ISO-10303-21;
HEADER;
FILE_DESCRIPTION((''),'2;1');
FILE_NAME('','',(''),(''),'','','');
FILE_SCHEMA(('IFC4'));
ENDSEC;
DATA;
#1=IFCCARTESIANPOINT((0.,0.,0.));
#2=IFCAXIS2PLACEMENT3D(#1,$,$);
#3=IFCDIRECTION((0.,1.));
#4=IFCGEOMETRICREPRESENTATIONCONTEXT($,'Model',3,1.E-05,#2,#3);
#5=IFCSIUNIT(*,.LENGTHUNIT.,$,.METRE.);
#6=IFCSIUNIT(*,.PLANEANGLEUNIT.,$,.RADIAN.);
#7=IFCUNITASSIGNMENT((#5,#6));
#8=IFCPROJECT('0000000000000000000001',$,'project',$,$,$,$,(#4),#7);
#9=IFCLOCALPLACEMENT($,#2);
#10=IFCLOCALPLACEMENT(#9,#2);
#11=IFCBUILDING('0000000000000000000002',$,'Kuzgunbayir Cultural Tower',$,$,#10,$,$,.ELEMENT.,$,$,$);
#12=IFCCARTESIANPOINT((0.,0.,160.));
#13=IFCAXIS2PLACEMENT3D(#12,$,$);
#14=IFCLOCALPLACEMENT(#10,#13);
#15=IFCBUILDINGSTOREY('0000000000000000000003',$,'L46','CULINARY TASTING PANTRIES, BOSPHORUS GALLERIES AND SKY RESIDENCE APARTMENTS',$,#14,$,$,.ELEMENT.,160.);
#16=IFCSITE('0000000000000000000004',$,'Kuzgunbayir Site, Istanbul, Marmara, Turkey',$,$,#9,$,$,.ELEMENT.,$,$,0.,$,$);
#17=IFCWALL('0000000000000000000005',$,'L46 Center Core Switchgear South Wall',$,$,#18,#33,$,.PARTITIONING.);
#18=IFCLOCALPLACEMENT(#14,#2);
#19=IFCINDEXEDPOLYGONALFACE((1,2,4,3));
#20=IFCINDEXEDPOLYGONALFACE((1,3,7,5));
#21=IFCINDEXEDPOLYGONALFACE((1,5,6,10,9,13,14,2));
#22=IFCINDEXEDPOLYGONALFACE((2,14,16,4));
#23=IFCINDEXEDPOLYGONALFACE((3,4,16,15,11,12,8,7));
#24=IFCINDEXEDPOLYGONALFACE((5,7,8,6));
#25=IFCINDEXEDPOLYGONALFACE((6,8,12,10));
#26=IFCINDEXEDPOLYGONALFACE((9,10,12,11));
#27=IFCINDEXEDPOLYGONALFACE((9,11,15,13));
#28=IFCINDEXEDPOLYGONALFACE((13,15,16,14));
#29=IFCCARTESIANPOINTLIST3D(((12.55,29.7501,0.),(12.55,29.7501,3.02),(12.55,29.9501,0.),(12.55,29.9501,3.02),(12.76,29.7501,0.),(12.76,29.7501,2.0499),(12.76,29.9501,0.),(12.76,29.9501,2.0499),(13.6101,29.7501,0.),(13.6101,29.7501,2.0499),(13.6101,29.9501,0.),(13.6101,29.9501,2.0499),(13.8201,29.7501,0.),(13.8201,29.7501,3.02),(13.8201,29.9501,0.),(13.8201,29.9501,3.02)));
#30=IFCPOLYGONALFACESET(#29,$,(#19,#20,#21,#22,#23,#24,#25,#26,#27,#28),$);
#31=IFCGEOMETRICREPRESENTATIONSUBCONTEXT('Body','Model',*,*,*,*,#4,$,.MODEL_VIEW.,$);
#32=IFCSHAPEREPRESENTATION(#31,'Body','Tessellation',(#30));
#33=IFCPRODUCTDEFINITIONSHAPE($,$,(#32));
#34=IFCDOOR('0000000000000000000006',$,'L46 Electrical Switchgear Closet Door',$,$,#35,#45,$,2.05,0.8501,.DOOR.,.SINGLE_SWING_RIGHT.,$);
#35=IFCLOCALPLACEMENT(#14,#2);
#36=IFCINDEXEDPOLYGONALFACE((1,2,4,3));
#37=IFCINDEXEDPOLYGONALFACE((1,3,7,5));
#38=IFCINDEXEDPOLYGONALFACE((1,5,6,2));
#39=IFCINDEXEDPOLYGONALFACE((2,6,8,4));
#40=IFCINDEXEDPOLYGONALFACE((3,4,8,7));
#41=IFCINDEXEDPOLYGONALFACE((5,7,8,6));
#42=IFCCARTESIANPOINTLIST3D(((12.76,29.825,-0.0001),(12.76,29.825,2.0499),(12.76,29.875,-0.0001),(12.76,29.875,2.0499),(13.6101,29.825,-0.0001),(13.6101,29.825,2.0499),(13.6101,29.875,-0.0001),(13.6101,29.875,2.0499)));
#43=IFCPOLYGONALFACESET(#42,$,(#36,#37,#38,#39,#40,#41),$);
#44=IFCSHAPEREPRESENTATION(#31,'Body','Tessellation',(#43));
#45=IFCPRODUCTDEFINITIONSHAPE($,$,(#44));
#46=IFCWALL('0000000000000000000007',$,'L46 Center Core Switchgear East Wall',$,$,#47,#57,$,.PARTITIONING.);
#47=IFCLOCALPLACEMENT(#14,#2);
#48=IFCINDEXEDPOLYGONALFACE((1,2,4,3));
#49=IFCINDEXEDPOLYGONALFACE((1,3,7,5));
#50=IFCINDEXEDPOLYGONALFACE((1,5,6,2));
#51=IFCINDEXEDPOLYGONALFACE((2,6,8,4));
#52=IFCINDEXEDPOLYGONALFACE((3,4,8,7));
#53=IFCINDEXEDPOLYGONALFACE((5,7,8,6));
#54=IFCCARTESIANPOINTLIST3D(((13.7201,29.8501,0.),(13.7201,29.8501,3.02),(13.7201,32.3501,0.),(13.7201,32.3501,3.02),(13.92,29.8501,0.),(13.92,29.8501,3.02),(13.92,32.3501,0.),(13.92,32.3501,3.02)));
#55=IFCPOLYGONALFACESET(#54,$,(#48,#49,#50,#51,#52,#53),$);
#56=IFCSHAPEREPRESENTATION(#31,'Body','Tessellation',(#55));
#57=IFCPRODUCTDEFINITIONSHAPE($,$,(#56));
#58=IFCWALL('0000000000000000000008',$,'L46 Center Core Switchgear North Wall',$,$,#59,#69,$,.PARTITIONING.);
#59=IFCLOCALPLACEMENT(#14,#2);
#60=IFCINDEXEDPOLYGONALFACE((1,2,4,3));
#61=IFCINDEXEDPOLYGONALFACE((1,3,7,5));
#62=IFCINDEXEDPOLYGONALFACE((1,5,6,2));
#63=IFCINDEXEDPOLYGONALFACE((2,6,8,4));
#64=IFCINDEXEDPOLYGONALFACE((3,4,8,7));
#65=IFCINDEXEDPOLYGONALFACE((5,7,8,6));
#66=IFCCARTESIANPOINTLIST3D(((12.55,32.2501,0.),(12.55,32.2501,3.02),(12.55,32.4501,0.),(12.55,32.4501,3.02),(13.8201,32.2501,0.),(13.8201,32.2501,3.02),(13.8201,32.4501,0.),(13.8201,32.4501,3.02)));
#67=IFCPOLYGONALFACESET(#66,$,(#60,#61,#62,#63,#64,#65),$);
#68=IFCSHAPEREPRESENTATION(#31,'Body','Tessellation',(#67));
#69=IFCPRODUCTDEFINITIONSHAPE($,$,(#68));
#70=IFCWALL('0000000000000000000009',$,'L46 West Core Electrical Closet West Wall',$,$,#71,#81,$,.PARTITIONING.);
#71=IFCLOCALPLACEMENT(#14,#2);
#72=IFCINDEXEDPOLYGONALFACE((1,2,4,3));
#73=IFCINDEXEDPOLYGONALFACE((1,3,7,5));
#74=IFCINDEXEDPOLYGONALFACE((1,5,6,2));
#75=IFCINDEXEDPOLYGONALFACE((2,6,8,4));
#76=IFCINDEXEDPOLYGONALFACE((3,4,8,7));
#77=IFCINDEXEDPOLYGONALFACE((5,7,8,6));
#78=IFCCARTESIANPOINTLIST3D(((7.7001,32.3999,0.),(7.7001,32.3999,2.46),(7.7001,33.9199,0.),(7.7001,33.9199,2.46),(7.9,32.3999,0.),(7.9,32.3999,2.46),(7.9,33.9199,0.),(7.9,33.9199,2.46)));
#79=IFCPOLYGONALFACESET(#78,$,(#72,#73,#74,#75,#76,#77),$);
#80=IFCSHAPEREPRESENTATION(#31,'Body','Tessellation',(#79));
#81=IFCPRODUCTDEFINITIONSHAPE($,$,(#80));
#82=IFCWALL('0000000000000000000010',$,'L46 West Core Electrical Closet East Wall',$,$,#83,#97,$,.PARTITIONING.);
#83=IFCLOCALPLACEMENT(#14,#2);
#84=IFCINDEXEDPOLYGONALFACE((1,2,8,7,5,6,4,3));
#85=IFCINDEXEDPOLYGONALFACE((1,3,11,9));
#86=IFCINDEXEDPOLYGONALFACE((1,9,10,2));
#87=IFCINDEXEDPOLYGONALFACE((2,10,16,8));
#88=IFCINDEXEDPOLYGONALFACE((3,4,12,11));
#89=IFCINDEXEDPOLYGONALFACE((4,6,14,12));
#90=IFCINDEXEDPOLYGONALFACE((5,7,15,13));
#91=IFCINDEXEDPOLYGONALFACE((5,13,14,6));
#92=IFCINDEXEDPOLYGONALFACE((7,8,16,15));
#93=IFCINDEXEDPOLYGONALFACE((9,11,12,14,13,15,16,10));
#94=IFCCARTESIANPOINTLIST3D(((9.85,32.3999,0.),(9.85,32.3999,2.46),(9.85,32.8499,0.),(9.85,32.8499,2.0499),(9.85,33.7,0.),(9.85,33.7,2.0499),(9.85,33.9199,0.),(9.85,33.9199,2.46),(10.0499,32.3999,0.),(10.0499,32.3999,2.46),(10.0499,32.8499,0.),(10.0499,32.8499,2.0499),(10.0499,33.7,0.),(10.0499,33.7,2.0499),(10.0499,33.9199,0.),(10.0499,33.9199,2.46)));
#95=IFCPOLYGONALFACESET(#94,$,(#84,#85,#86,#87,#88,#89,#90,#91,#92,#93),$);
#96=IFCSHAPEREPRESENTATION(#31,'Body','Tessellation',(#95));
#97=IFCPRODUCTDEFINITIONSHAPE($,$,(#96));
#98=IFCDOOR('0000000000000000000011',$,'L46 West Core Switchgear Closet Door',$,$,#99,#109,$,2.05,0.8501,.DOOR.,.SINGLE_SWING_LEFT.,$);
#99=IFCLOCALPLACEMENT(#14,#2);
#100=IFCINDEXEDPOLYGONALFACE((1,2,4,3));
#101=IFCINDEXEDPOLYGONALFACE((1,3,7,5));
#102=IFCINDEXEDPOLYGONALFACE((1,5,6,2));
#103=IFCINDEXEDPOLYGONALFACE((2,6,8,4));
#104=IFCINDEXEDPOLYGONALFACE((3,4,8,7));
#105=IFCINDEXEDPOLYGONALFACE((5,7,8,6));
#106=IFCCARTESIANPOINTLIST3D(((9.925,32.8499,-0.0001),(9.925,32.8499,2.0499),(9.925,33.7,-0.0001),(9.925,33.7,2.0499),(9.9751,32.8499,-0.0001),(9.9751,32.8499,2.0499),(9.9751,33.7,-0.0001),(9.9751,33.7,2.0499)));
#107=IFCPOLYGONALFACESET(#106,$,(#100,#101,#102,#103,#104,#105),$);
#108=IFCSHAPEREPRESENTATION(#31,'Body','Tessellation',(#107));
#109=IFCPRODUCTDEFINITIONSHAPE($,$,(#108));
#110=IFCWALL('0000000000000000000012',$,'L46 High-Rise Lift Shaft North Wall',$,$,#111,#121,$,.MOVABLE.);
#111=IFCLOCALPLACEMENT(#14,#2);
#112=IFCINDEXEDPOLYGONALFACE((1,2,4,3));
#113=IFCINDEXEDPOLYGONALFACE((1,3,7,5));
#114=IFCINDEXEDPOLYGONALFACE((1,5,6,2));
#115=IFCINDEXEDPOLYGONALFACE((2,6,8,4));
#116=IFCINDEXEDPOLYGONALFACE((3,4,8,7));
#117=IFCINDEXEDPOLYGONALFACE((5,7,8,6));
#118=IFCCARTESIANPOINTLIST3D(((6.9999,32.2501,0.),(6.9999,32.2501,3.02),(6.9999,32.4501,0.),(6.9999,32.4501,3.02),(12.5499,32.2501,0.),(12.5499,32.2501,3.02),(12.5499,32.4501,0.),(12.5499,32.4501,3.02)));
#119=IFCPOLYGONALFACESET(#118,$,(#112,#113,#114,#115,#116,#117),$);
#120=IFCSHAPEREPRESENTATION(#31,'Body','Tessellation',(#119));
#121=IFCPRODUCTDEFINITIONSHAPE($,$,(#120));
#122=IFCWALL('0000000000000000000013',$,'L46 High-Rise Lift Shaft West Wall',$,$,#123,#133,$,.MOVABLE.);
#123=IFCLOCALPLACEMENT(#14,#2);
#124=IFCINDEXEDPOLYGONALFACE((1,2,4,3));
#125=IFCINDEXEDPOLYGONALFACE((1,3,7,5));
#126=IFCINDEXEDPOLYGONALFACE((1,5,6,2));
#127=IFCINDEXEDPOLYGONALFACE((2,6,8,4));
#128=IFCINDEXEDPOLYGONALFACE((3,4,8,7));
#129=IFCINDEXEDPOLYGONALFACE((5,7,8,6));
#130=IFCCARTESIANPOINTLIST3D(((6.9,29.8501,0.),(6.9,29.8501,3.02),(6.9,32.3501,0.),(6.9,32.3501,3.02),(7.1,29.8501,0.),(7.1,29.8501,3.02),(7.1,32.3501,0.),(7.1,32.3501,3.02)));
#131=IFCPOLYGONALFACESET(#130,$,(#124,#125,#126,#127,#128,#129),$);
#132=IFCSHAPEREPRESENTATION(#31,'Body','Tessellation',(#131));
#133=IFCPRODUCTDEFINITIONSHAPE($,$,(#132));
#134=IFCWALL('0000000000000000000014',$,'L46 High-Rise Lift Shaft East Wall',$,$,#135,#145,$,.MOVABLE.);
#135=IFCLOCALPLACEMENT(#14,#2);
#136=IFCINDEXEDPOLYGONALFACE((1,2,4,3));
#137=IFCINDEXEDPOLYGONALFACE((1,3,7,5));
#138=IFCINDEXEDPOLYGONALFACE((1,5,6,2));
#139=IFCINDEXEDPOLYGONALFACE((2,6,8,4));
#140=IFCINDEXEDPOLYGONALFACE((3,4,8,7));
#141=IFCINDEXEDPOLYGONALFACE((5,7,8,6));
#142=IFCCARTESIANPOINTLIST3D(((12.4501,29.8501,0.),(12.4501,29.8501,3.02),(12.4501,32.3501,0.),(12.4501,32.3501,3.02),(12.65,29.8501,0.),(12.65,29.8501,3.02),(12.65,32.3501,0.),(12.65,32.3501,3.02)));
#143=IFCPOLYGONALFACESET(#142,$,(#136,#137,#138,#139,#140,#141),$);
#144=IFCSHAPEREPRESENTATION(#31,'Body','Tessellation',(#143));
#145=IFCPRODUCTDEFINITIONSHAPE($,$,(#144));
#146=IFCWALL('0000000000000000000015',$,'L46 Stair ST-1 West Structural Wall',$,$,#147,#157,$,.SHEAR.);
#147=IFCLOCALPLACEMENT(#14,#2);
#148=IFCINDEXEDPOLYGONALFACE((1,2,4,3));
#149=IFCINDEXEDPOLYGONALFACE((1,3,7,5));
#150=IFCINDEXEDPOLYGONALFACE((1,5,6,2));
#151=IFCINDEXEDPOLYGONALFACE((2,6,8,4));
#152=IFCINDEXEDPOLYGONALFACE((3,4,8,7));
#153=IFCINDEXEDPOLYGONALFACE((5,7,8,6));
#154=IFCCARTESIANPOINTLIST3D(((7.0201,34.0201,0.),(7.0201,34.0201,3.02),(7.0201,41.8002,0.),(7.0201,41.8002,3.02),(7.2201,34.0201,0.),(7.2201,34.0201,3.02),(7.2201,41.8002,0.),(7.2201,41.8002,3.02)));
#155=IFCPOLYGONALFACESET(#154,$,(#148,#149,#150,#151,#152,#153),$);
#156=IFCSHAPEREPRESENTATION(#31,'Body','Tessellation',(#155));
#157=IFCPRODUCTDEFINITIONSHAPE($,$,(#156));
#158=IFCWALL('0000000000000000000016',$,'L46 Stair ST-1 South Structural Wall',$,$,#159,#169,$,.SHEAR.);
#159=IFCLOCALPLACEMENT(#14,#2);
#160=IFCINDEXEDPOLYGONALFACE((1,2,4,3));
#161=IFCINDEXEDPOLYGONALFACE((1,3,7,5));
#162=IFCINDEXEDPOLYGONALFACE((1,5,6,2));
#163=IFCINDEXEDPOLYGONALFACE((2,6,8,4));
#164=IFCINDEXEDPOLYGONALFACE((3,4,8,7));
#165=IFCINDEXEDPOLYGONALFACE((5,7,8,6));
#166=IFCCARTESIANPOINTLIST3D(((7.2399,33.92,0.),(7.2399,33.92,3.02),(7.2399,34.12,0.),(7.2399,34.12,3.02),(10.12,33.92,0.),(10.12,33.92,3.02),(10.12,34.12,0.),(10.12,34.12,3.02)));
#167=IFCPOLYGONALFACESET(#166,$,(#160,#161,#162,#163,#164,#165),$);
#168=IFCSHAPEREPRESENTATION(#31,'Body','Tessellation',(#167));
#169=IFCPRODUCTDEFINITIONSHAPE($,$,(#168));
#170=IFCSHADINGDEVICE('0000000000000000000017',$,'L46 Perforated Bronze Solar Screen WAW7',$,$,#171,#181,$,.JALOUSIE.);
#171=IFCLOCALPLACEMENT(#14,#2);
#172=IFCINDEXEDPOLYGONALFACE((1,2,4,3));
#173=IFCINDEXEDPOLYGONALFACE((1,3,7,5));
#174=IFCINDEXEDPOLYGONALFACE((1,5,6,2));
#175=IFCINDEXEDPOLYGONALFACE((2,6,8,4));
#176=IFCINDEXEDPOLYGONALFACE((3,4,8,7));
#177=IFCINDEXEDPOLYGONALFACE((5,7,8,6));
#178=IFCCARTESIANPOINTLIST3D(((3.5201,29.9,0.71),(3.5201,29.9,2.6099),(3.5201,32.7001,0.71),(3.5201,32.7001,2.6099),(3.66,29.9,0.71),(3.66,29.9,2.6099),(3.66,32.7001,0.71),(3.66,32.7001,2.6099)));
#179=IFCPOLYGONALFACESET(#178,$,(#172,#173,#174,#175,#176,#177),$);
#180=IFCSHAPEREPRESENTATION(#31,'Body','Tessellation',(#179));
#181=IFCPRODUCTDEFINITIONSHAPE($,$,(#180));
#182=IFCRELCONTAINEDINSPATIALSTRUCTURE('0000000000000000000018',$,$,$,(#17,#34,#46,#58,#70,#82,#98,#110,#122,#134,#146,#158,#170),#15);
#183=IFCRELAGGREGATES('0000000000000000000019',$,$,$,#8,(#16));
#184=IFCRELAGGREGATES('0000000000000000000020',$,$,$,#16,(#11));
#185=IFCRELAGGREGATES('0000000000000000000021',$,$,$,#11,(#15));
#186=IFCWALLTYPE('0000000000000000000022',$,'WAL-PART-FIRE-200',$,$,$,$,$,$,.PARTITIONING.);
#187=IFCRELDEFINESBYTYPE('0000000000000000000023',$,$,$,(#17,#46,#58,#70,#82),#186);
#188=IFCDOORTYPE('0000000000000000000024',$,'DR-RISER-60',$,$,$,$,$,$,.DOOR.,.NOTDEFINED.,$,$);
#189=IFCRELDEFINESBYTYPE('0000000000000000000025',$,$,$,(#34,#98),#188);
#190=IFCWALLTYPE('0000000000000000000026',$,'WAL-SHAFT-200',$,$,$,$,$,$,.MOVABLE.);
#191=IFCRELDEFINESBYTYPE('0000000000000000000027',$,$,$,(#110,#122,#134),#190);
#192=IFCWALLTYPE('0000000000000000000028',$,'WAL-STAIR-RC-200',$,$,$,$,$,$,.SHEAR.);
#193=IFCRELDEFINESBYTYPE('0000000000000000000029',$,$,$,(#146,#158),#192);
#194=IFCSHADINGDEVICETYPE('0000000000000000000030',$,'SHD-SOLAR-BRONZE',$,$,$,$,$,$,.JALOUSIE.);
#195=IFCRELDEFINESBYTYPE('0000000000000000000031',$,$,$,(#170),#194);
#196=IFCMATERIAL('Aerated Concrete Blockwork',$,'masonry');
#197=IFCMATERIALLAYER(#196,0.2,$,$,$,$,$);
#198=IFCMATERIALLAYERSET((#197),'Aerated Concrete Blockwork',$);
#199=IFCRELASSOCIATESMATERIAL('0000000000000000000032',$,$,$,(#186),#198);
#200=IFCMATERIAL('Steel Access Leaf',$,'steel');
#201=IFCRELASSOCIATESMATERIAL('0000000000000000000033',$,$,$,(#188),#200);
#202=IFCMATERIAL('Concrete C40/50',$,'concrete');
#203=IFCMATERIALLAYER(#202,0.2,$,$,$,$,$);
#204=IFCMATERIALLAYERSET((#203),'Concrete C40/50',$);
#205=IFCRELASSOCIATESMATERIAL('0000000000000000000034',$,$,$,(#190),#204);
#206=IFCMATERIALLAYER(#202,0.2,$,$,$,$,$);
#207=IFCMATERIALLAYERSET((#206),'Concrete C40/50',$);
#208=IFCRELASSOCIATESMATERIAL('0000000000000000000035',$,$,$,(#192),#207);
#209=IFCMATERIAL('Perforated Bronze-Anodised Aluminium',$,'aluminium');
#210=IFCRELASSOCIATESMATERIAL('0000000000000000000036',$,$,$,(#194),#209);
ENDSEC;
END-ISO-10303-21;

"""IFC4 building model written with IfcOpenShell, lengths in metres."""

from ifc_helpers import new_model, si_unit, direction, frame, frame_2d, origin, origin_2d, place, context, subcontext, project, spatial, rectangle, extrude, material, layer, layer_set, type_object, element, fill, save


model = new_model("IFC4")

# Units and contexts
model_context = context("Model", 3, precision=1e-05, world=origin(), true_north=direction((0.0, 1.0)))
body_context = subcontext(model_context, "Body", "Model", "MODEL_VIEW")
ifc_project = project(units=[si_unit("LENGTHUNIT", "METRE"), si_unit("PLANEANGLEUNIT", "RADIAN")], contexts=[model_context])

# Site, building, storey
site_placement = place(None, origin())
site = spatial("IfcSite", under=ifc_project, at=site_placement, Name="Kuzgunbayir Site, Istanbul, Marmara, Turkey", CompositionType="ELEMENT", RefElevation=0.0)
building_placement = place(site_placement, origin())
building = spatial("IfcBuilding", under=site, at=building_placement, Name="Kuzgunbayir Cultural Tower", CompositionType="ELEMENT")
storey_placement = place(building_placement, frame((0.0, 0.0, 160.0)))
storey = spatial("IfcBuildingStorey", under=building, at=storey_placement, Name="L46", Description="CULINARY TASTING PANTRIES, BOSPHORUS GALLERIES AND SKY RESIDENCE APARTMENTS", CompositionType="ELEMENT", Elevation=160.0)

# Shared definitions
ifc_material_1 = material(Name="Aerated Concrete Blockwork", Category="masonry")
ifc_layer_1 = layer(ifc_material_1, 0.2)
ifc_layer_set_1 = layer_set([ifc_layer_1], Name="Aerated Concrete Blockwork")
wall_type_1 = type_object("IfcWallType", Name="WAL-PART-FIRE-200", PredefinedType="PARTITIONING", material=ifc_layer_set_1)

# Wall, opening, door
wall_1_placement = place(storey_placement, frame((12.55, 29.8501, 0.0), z_axis=(0.0, 0.0, 1.0), x_axis=(1.0, 0.0, 0.0)))
wall_1 = element("IfcWall", 1, at=wall_1_placement, inside=storey, type_object=wall_type_1, Name="L46 Center Core Switchgear South Wall", PredefinedType="PARTITIONING", context=body_context, shape_type="SweptSolid", body=[
    extrude(rectangle(XDim=1.27, YDim=0.2, at=frame_2d((0.635, 0.0))), origin(), (0.0, 0.0, 1.0), 3.02),
])
opening_1_placement = place(wall_1_placement, frame((0.21, 0.0, 0.0)))
opening_1 = element("IfcOpeningElement", 2, at=opening_1_placement, cuts=wall_1, PredefinedType="OPENING", context=body_context, shape_type="SweptSolid", body=[
    extrude(rectangle(XDim=0.8501, YDim=2.05, at=frame_2d((0.425, 1.0249))), frame((0.0, 0.1099, 0.0), z_axis=(0.0, -1.0, 0.0), x_axis=(1.0, 0.0, 0.0)), (0.0, 0.0, 1.0), 0.22),
])
ifc_material_2 = material(Name="Steel Access Leaf", Category="steel")
door_type_1 = type_object("IfcDoorType", Name="DR-RISER-60", OperationType="NOTDEFINED", PredefinedType="DOOR", material=ifc_material_2)
door_1_placement = place(opening_1_placement, origin())
door_1 = element("IfcDoor", 3, at=door_1_placement, inside=storey, type_object=door_type_1, Name="L46 Electrical Switchgear Closet Door", OperationType="SINGLE_SWING_RIGHT", OverallHeight=2.05, OverallWidth=0.8501, PredefinedType="DOOR", context=body_context, shape_type="SweptSolid", body=[
    extrude(rectangle(XDim=0.8501, YDim=2.05, at=frame_2d((0.425, 1.0249))), frame((0.0, 0.0249, 0.0), z_axis=(0.0, -1.0, 0.0), x_axis=(1.0, 0.0, 0.0)), (0.0, 0.0, 1.0), 0.05),
])
fill(opening_1, door_1)

# Walls
wall_2_placement = place(storey_placement, frame((13.8201, 29.8501, 0.0), z_axis=(0.0, 0.0, 1.0), x_axis=(0.0, 1.0, 0.0)))
element("IfcWall", 4, at=wall_2_placement, inside=storey, type_object=wall_type_1, Name="L46 Center Core Switchgear East Wall", PredefinedType="PARTITIONING", context=body_context, shape_type="SweptSolid", body=[
    extrude(rectangle(XDim=2.5, YDim=0.2, at=frame_2d((1.25, 0.0))), origin(), (0.0, 0.0, 1.0), 3.02),
])
wall_3_placement = place(storey_placement, frame((12.55, 32.3501, 0.0), z_axis=(0.0, 0.0, 1.0), x_axis=(1.0, 0.0, 0.0)))
element("IfcWall", 5, at=wall_3_placement, inside=storey, type_object=wall_type_1, Name="L46 Center Core Switchgear North Wall", PredefinedType="PARTITIONING", context=body_context, shape_type="SweptSolid", body=[
    extrude(rectangle(XDim=1.27, YDim=0.2, at=frame_2d((0.635, 0.0))), origin(), (0.0, 0.0, 1.0), 3.02),
])
wall_4_placement = place(storey_placement, frame((7.8, 32.3999, 0.0), z_axis=(0.0, 0.0, 1.0), x_axis=(0.0, 1.0, 0.0)))
element("IfcWall", 6, at=wall_4_placement, inside=storey, type_object=wall_type_1, Name="L46 West Core Electrical Closet West Wall", PredefinedType="PARTITIONING", context=body_context, shape_type="SweptSolid", body=[
    extrude(rectangle(XDim=1.52, YDim=0.2, at=frame_2d((0.76, 0.0))), origin(), (0.0, 0.0, 1.0), 2.46),
])

# Wall, opening, door
wall_5_placement = place(storey_placement, frame((9.95, 32.3999, 0.0), z_axis=(0.0, 0.0, 1.0), x_axis=(0.0, 1.0, 0.0)))
wall_5 = element("IfcWall", 7, at=wall_5_placement, inside=storey, type_object=wall_type_1, Name="L46 West Core Electrical Closet East Wall", PredefinedType="PARTITIONING", context=body_context, shape_type="SweptSolid", body=[
    extrude(rectangle(XDim=1.52, YDim=0.2, at=frame_2d((0.76, 0.0))), origin(), (0.0, 0.0, 1.0), 2.46),
])
opening_2_placement = place(wall_5_placement, frame((0.45, 0.0, 0.0)))
opening_2 = element("IfcOpeningElement", 8, at=opening_2_placement, cuts=wall_5, PredefinedType="OPENING", context=body_context, shape_type="SweptSolid", body=[
    extrude(rectangle(XDim=0.8501, YDim=2.05, at=frame_2d((0.425, 1.0249))), frame((0.0, 0.1099, 0.0), z_axis=(0.0, -1.0, 0.0), x_axis=(1.0, 0.0, 0.0)), (0.0, 0.0, 1.0), 0.22),
])
door_2_placement = place(opening_2_placement, origin())
door_2 = element("IfcDoor", 9, at=door_2_placement, inside=storey, type_object=door_type_1, Name="L46 West Core Switchgear Closet Door", OperationType="SINGLE_SWING_LEFT", OverallHeight=2.05, OverallWidth=0.8501, PredefinedType="DOOR", context=body_context, shape_type="SweptSolid", body=[
    extrude(rectangle(XDim=0.8501, YDim=2.05, at=frame_2d((0.425, 1.0249))), frame((0.0, 0.0249, 0.0), z_axis=(0.0, -1.0, 0.0), x_axis=(1.0, 0.0, 0.0)), (0.0, 0.0, 1.0), 0.05),
])
fill(opening_2, door_2)

# Walls
ifc_material_3 = material(Name="Concrete C40/50", Category="concrete")
ifc_layer_2 = layer(ifc_material_3, 0.2)
ifc_layer_set_2 = layer_set([ifc_layer_2], Name="Concrete C40/50")
wall_type_2 = type_object("IfcWallType", Name="WAL-SHAFT-200", PredefinedType="MOVABLE", material=ifc_layer_set_2)
wall_6_placement = place(storey_placement, frame((7.0, 32.3501, 0.0), z_axis=(0.0, 0.0, 1.0), x_axis=(1.0, 0.0, 0.0)))
element("IfcWall", 10, at=wall_6_placement, inside=storey, type_object=wall_type_2, Name="L46 High-Rise Lift Shaft North Wall", PredefinedType="MOVABLE", context=body_context, shape_type="SweptSolid", body=[
    extrude(rectangle(XDim=5.55, YDim=0.2, at=frame_2d((2.7749, 0.0))), origin(), (0.0, 0.0, 1.0), 3.02),
])
for number, where, z_axis, x_axis, name in (
    (11, (7.0, 29.8501, 0.0), (0.0, 0.0, 1.0), (0.0, 1.0, 0.0), "L46 High-Rise Lift Shaft West Wall"),
    (12, (12.55, 29.8501, 0.0), (0.0, 0.0, 1.0), (0.0, 1.0, 0.0), "L46 High-Rise Lift Shaft East Wall"),
):
    element("IfcWall", number, at=place(storey_placement, frame(where, z_axis=z_axis, x_axis=x_axis)), inside=storey, type_object=wall_type_2, Name=name, PredefinedType="MOVABLE", context=body_context, shape_type="SweptSolid", body=[
        extrude(rectangle(XDim=2.5, YDim=0.2, at=frame_2d((1.25, 0.0))), origin(), (0.0, 0.0, 1.0), 3.02),
    ])
ifc_layer_3 = layer(ifc_material_3, 0.2)
ifc_layer_set_3 = layer_set([ifc_layer_3], Name="Concrete C40/50")
wall_type_3 = type_object("IfcWallType", Name="WAL-STAIR-RC-200", PredefinedType="SHEAR", material=ifc_layer_set_3)
wall_7_placement = place(storey_placement, frame((7.1201, 34.02, 0.0), z_axis=(0.0, 0.0, 1.0), x_axis=(0.0, 1.0, 0.0)))
element("IfcWall", 13, at=wall_7_placement, inside=storey, type_object=wall_type_3, Name="L46 Stair ST-1 West Structural Wall", PredefinedType="SHEAR", context=body_context, shape_type="SweptSolid", body=[
    extrude(rectangle(XDim=7.78, YDim=0.2, at=frame_2d((3.8901, 0.0))), origin(), (0.0, 0.0, 1.0), 3.02),
])
wall_8_placement = place(storey_placement, frame((7.24, 34.02, 0.0), z_axis=(0.0, 0.0, 1.0), x_axis=(1.0, 0.0, 0.0)))
element("IfcWall", 14, at=wall_8_placement, inside=storey, type_object=wall_type_3, Name="L46 Stair ST-1 South Structural Wall", PredefinedType="SHEAR", context=body_context, shape_type="SweptSolid", body=[
    extrude(rectangle(XDim=2.8801, YDim=0.2, at=frame_2d((1.4399, 0.0))), origin(), (0.0, 0.0, 1.0), 3.02),
])

# Shading device
ifc_material_4 = material(Name="Perforated Bronze-Anodised Aluminium", Category="aluminium")
shading_device_type = type_object("IfcShadingDeviceType", Name="SHD-SOLAR-BRONZE", PredefinedType="JALOUSIE", material=ifc_material_4)
shading_device_placement = place(storey_placement, frame((3.5901, 31.3, 0.71), z_axis=(0.0, 0.0, 1.0), x_axis=(1.0, 0.0, 0.0)))
element("IfcShadingDevice", 15, at=shading_device_placement, inside=storey, type_object=shading_device_type, Name="L46 Perforated Bronze Solar Screen WAW7", PredefinedType="JALOUSIE", context=body_context, shape_type="SweptSolid", body=[
    extrude(rectangle(XDim=0.1399, YDim=2.8, at=origin_2d()), origin(), (0.0, 0.0, 1.0), 1.8999),
])

save(model, "model.ifc")
